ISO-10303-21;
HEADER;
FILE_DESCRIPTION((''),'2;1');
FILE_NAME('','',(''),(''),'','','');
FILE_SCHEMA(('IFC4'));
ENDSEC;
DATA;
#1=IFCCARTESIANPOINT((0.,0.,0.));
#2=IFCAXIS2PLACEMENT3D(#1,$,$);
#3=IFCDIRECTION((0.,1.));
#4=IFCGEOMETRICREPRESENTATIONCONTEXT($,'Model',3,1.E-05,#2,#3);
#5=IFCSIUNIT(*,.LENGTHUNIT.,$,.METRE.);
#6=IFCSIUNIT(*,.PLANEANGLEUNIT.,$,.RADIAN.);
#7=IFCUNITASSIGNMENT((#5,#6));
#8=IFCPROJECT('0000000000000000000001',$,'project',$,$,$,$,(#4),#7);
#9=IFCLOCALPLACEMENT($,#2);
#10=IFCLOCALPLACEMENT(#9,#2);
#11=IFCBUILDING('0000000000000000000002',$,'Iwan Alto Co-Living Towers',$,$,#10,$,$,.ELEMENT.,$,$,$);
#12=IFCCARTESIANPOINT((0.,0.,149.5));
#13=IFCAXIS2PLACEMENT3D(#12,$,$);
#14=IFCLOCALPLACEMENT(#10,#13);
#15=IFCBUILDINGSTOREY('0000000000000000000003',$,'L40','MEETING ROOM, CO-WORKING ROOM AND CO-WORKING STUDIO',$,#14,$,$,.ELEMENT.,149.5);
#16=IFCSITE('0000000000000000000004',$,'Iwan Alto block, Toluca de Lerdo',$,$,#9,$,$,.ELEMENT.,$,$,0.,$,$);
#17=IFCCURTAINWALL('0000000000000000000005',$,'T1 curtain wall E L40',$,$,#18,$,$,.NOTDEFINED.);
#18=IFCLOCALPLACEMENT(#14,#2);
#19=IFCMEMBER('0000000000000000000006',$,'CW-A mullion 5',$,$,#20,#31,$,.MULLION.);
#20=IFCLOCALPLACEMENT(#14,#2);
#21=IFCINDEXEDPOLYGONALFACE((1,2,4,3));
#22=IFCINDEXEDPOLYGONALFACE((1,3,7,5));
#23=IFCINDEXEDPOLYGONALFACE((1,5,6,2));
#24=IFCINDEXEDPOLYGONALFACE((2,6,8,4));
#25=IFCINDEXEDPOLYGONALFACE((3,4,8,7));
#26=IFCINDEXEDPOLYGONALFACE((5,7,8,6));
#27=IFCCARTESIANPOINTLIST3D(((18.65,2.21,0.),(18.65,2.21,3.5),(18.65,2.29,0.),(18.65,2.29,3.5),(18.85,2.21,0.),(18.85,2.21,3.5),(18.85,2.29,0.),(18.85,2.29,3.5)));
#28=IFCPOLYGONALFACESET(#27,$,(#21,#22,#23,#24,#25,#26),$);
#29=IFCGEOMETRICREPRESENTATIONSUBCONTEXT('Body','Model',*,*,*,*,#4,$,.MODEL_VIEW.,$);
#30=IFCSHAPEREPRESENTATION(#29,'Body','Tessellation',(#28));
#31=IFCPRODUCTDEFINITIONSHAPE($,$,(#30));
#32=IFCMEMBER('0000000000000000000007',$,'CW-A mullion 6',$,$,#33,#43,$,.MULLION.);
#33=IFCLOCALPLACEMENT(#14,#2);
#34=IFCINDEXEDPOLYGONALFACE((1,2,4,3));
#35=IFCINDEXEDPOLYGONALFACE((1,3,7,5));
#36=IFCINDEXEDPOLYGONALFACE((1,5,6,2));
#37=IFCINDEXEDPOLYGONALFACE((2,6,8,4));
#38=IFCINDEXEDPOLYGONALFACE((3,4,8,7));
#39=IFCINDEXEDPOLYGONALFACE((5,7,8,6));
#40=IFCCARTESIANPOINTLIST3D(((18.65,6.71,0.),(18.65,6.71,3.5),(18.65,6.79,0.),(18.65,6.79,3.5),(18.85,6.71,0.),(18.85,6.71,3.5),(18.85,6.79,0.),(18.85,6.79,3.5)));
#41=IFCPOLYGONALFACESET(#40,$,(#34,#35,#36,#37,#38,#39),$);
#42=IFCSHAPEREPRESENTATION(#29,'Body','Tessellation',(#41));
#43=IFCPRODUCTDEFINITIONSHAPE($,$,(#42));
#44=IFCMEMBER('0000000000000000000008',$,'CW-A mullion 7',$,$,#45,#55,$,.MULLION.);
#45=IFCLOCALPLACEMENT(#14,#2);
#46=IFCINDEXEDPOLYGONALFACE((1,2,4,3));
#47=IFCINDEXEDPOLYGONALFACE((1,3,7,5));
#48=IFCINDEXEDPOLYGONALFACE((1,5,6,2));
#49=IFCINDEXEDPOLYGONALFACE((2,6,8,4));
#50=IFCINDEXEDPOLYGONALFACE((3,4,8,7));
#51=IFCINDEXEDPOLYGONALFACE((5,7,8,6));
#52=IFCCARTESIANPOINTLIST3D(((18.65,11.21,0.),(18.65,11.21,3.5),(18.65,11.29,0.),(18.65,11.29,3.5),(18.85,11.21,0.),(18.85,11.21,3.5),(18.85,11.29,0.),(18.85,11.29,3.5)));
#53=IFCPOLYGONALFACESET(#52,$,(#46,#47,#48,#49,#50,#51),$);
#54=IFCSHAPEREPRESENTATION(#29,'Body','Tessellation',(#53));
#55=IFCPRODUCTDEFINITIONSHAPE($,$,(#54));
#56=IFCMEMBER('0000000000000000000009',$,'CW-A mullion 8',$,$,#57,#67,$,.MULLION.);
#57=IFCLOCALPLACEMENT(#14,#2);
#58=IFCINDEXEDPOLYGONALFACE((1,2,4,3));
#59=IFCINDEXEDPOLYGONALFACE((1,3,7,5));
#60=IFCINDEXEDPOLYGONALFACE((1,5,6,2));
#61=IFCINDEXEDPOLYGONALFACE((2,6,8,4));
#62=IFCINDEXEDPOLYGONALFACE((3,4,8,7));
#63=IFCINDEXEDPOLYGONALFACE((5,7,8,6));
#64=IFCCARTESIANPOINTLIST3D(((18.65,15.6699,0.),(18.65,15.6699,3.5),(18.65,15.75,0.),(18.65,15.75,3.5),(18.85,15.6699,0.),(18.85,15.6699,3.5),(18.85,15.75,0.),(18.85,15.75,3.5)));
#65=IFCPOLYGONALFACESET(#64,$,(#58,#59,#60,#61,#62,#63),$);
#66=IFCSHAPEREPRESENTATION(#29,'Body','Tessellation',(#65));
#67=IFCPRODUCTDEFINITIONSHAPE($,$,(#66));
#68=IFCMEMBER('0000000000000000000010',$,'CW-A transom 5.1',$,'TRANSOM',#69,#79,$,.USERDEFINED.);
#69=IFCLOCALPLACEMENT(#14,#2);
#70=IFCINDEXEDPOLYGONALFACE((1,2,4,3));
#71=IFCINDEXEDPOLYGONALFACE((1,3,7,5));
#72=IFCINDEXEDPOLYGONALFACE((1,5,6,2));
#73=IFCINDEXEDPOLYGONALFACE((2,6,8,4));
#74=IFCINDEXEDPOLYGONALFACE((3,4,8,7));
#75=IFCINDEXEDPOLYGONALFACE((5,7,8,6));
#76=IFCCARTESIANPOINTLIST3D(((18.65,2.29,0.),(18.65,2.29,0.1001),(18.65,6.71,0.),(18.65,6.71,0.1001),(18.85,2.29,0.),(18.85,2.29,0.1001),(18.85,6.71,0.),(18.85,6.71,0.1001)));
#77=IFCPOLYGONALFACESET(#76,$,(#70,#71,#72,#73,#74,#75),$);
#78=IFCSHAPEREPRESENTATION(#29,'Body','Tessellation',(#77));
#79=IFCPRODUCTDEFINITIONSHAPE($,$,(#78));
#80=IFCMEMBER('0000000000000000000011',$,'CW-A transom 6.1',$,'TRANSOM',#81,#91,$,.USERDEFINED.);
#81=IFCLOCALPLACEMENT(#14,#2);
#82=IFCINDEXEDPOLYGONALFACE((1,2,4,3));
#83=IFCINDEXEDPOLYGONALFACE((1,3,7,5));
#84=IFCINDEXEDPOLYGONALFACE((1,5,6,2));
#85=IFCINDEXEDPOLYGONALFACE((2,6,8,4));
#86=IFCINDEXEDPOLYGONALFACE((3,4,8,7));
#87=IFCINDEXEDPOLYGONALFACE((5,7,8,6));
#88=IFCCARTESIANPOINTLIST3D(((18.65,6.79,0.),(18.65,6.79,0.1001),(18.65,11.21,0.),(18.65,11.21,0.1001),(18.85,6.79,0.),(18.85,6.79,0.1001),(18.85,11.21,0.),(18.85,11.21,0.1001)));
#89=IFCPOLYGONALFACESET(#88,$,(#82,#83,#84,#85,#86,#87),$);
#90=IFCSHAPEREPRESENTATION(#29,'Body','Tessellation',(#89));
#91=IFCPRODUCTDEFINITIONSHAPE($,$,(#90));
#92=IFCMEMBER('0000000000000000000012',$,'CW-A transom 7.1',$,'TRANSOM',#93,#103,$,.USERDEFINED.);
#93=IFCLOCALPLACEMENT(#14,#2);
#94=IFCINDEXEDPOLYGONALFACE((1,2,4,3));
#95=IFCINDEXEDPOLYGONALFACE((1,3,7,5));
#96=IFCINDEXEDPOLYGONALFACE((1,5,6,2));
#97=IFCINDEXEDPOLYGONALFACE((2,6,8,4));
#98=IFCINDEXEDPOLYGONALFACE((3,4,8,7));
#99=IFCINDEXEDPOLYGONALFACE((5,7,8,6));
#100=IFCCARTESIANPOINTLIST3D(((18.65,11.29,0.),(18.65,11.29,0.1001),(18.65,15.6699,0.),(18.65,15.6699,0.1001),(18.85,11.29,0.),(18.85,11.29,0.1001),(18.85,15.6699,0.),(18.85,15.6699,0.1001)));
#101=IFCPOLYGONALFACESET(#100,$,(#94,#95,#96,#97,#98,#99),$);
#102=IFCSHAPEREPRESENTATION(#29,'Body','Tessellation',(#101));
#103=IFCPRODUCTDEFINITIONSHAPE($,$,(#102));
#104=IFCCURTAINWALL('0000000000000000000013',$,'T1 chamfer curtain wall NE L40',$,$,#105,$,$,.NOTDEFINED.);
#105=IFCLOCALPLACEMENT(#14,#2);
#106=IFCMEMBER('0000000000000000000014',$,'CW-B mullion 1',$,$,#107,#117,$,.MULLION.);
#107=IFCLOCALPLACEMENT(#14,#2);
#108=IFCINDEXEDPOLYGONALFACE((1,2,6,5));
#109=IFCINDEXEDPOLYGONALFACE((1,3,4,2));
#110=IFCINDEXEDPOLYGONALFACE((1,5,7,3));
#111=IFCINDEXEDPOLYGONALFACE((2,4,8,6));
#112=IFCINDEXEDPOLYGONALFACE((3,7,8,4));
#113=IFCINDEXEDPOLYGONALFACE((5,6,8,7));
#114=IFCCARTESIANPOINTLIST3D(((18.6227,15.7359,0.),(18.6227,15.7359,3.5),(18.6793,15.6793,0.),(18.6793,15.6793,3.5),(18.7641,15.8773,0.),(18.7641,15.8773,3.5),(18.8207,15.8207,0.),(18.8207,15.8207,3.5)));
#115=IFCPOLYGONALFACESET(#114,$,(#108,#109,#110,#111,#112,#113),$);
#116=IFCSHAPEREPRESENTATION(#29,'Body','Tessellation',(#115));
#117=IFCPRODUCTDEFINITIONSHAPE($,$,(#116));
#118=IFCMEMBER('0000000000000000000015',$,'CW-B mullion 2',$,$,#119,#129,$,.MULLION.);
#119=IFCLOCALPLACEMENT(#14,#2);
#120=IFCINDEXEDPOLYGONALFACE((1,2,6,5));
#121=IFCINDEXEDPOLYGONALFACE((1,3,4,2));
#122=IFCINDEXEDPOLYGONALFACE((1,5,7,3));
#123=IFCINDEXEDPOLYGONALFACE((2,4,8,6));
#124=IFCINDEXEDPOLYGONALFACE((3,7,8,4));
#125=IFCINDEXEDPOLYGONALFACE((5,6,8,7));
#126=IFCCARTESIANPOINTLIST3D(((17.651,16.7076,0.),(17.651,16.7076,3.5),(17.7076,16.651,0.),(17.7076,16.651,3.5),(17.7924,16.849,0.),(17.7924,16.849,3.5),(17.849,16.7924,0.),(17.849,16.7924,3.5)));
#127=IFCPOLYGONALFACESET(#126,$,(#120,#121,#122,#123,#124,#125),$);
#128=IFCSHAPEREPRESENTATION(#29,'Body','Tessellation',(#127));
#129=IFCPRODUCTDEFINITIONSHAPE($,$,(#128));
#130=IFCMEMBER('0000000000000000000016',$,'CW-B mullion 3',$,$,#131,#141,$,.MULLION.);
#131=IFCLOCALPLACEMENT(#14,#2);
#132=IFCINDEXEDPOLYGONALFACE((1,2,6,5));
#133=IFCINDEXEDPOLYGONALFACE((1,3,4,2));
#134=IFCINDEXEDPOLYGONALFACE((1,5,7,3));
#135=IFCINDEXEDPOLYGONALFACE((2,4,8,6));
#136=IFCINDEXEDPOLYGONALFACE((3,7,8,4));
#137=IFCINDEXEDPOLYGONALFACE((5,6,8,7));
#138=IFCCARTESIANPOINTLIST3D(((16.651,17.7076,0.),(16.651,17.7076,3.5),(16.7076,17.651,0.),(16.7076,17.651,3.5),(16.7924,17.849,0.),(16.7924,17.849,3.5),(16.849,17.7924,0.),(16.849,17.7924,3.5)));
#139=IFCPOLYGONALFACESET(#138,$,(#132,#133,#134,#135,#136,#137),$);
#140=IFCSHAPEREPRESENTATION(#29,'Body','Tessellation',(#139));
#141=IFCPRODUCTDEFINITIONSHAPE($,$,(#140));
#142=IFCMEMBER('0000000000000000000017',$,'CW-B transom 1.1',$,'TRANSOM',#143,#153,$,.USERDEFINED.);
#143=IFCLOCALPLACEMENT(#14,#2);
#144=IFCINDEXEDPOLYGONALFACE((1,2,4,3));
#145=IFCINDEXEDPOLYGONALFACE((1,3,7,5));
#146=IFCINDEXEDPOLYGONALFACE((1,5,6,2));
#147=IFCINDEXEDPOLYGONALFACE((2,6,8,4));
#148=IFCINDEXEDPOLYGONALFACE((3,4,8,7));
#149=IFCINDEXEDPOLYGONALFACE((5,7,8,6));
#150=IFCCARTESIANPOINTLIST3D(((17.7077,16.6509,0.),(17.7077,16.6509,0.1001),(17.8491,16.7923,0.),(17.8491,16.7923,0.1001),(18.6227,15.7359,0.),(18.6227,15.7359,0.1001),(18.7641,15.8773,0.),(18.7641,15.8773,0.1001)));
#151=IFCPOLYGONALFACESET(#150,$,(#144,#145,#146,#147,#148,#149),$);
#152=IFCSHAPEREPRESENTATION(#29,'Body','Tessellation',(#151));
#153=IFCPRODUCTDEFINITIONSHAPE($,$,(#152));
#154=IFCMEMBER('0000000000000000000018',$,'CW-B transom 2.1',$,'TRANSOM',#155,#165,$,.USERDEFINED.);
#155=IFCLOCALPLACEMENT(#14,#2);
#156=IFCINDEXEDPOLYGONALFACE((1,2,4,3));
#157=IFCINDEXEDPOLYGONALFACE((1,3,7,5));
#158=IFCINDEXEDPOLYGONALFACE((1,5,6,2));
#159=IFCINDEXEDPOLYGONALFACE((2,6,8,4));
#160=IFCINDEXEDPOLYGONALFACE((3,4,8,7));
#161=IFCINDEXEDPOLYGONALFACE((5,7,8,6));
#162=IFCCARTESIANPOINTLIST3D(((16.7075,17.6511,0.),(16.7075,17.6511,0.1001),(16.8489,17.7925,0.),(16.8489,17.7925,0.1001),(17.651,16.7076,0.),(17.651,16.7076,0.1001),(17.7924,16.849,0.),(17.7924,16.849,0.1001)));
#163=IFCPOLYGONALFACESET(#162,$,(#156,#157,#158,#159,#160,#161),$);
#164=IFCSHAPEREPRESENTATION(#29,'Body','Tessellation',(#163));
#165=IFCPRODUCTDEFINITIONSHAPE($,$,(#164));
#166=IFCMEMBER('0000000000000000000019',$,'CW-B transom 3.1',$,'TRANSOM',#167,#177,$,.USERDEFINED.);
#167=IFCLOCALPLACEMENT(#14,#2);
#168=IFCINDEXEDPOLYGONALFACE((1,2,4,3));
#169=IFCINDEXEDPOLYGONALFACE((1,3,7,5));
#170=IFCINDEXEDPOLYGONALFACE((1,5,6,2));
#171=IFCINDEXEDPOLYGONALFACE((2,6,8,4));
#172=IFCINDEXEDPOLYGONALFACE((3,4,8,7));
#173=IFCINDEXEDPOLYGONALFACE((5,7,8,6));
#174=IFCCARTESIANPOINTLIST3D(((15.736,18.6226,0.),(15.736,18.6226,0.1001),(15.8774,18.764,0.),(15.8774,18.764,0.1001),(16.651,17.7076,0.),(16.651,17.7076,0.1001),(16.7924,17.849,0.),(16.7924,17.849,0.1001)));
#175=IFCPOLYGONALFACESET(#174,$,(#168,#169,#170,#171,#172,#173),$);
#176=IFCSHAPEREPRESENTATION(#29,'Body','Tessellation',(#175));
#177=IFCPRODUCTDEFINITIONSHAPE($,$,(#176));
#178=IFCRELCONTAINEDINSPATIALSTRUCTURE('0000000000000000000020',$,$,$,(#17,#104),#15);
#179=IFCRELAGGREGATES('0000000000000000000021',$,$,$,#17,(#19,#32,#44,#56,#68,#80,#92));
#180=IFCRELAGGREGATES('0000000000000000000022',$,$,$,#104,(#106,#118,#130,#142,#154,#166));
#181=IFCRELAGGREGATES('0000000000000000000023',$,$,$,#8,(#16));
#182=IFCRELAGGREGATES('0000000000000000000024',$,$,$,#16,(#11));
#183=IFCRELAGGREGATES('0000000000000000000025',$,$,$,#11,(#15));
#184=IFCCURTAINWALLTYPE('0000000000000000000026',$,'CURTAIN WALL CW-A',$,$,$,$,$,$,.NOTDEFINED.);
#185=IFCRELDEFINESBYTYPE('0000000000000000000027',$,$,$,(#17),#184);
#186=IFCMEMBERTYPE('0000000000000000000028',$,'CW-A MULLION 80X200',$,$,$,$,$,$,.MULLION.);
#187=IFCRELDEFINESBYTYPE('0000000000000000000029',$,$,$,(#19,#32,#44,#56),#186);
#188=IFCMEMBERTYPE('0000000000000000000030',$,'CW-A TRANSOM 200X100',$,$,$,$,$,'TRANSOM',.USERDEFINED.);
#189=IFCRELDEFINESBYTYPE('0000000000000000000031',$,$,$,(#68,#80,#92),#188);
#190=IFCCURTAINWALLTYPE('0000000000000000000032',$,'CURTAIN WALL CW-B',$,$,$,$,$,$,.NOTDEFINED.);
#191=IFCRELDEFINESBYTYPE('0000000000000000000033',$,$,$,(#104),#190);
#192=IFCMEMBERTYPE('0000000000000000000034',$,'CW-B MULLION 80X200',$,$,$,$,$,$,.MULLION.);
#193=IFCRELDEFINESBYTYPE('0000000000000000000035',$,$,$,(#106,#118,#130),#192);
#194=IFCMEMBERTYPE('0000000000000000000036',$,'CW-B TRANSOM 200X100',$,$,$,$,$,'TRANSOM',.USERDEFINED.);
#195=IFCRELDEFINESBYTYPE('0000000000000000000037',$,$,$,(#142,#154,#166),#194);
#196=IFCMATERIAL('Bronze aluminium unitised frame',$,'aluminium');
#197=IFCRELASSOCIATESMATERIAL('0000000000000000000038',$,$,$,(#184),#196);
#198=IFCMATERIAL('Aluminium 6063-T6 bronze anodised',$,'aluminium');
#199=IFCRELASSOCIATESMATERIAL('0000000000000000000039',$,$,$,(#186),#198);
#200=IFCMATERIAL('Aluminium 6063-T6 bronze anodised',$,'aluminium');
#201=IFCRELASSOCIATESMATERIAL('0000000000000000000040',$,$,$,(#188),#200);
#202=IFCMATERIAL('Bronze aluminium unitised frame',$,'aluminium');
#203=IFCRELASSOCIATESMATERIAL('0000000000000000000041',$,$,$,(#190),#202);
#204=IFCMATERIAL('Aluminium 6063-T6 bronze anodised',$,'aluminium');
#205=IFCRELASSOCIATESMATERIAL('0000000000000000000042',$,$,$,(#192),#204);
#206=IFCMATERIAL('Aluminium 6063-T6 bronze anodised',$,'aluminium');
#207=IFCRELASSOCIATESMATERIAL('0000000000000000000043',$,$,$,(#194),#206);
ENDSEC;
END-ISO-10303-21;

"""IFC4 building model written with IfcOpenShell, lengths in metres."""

from ifc_helpers import new_model, si_unit, direction, frame, origin, origin_2d, place, context, subcontext, project, spatial, rectangle, extrude, material, material_profile, profile_set, type_object, element, aggregate, save


model = new_model("IFC4")

# Units and contexts
model_context = context("Model", 3, precision=1e-05, world=origin(), true_north=direction((0.0, 1.0)))
body_context = subcontext(model_context, "Body", "Model", "MODEL_VIEW")
ifc_project = project(units=[si_unit("LENGTHUNIT", "METRE"), si_unit("PLANEANGLEUNIT", "RADIAN")], contexts=[model_context])

# Site, building, storey
site_placement = place(None, origin())
site = spatial("IfcSite", under=ifc_project, at=site_placement, Name="Iwan Alto block, Toluca de Lerdo", CompositionType="ELEMENT", RefElevation=0.0)
building_placement = place(site_placement, origin())
building = spatial("IfcBuilding", under=site, at=building_placement, Name="Iwan Alto Co-Living Towers", CompositionType="ELEMENT")
storey_placement = place(building_placement, frame((0.0, 0.0, 149.5)))
storey = spatial("IfcBuildingStorey", under=building, at=storey_placement, Name="L40", Description="MEETING ROOM, CO-WORKING ROOM AND CO-WORKING STUDIO", CompositionType="ELEMENT", Elevation=149.5)

# Curtain walls, members
ifc_material_1 = material(Name="Bronze aluminium unitised frame", Category="aluminium")
curtain_wall_type_1 = type_object("IfcCurtainWallType", Name="CURTAIN WALL CW-A", PredefinedType="NOTDEFINED", material=ifc_material_1)
curtain_wall_1_placement = place(storey_placement, origin())
curtain_wall_1 = element("IfcCurtainWall", 1, at=curtain_wall_1_placement, inside=storey, type_object=curtain_wall_type_1, Name="T1 curtain wall E L40", PredefinedType="NOTDEFINED")
ifc_material_2 = material(Name="Aluminium 6063-T6 bronze anodised", Category="aluminium")
ifc_material_profile_1 = material_profile(ifc_material_2, rectangle(XDim=0.2, YDim=0.0801, at=origin_2d()), Name="AL 80X200")
ifc_profile_set_1 = profile_set([ifc_material_profile_1], Name="Aluminium 6063-T6 bronze anodised")
member_type_1 = type_object("IfcMemberType", Name="CW-A MULLION 80X200", PredefinedType="MULLION", material=ifc_profile_set_1)
member_1_placement = place(storey_placement, frame((18.75, 2.25, 0.0), z_axis=(0.0, 0.0, 1.0), x_axis=(-1.0, 0.0, 0.0)))
member_1 = element("IfcMember", 2, at=member_1_placement, type_object=member_type_1, Name="CW-A mullion 5", PredefinedType="MULLION", context=body_context, shape_type="SweptSolid", body=[
    extrude(rectangle(XDim=0.2, YDim=0.0801, at=origin_2d()), origin(), (0.0, 0.0, 1.0), 3.5),
])
member_2_placement = place(storey_placement, frame((18.75, 6.75, 0.0), z_axis=(0.0, 0.0, 1.0), x_axis=(-1.0, 0.0, 0.0)))
member_2 = element("IfcMember", 3, at=member_2_placement, type_object=member_type_1, Name="CW-A mullion 6", PredefinedType="MULLION", context=body_context, shape_type="SweptSolid", body=[
    extrude(rectangle(XDim=0.2, YDim=0.0801, at=origin_2d()), origin(), (0.0, 0.0, 1.0), 3.5),
])
member_3_placement = place(storey_placement, frame((18.75, 11.25, 0.0), z_axis=(0.0, 0.0, 1.0), x_axis=(-1.0, 0.0, 0.0)))
member_3 = element("IfcMember", 4, at=member_3_placement, type_object=member_type_1, Name="CW-A mullion 7", PredefinedType="MULLION", context=body_context, shape_type="SweptSolid", body=[
    extrude(rectangle(XDim=0.2, YDim=0.0801, at=origin_2d()), origin(), (0.0, 0.0, 1.0), 3.5),
])
member_4_placement = place(storey_placement, frame((18.75, 15.71, 0.0), z_axis=(0.0, 0.0, 1.0), x_axis=(-1.0, 0.0, 0.0)))
member_4 = element("IfcMember", 5, at=member_4_placement, type_object=member_type_1, Name="CW-A mullion 8", PredefinedType="MULLION", context=body_context, shape_type="SweptSolid", body=[
    extrude(rectangle(XDim=0.2, YDim=0.0801, at=origin_2d()), origin(), (0.0, 0.0, 1.0), 3.5),
])
ifc_material_3 = material(Name="Aluminium 6063-T6 bronze anodised", Category="aluminium")
ifc_material_profile_2 = material_profile(ifc_material_3, rectangle(XDim=0.2, YDim=0.1001, at=origin_2d()), Name="AL 200X100")
ifc_profile_set_2 = profile_set([ifc_material_profile_2], Name="Aluminium 6063-T6 bronze anodised")
member_type_2 = type_object("IfcMemberType", Name="CW-A TRANSOM 200X100", ElementType="TRANSOM", PredefinedType="USERDEFINED", material=ifc_profile_set_2)
member_5_placement = place(storey_placement, frame((18.75, 2.29, 0.05), z_axis=(0.0, 1.0, 0.0), x_axis=(-1.0, 0.0, 0.0)))
member_5 = element("IfcMember", 6, at=member_5_placement, type_object=member_type_2, Name="CW-A transom 5.1", ObjectType="TRANSOM", PredefinedType="USERDEFINED", context=body_context, shape_type="SweptSolid", body=[
    extrude(rectangle(XDim=0.2, YDim=0.1001, at=origin_2d()), origin(), (0.0, 0.0, 1.0), 4.4199),
])
member_6_placement = place(storey_placement, frame((18.75, 6.79, 0.05), z_axis=(0.0, 1.0, 0.0), x_axis=(-1.0, 0.0, 0.0)))
member_6 = element("IfcMember", 7, at=member_6_placement, type_object=member_type_2, Name="CW-A transom 6.1", ObjectType="TRANSOM", PredefinedType="USERDEFINED", context=body_context, shape_type="SweptSolid", body=[
    extrude(rectangle(XDim=0.2, YDim=0.1001, at=origin_2d()), origin(), (0.0, 0.0, 1.0), 4.4199),
])
member_7_placement = place(storey_placement, frame((18.75, 11.29, 0.05), z_axis=(0.0, 1.0, 0.0), x_axis=(-1.0, 0.0, 0.0)))
member_7 = element("IfcMember", 8, at=member_7_placement, type_object=member_type_2, Name="CW-A transom 7.1", ObjectType="TRANSOM", PredefinedType="USERDEFINED", context=body_context, shape_type="SweptSolid", body=[
    extrude(rectangle(XDim=0.2, YDim=0.1001, at=origin_2d()), origin(), (0.0, 0.0, 1.0), 4.3799),
])
ifc_material_4 = material(Name="Bronze aluminium unitised frame", Category="aluminium")
curtain_wall_type_2 = type_object("IfcCurtainWallType", Name="CURTAIN WALL CW-B", PredefinedType="NOTDEFINED", material=ifc_material_4)
curtain_wall_2_placement = place(storey_placement, origin())
curtain_wall_2 = element("IfcCurtainWall", 9, at=curtain_wall_2_placement, inside=storey, type_object=curtain_wall_type_2, Name="T1 chamfer curtain wall NE L40", PredefinedType="NOTDEFINED")
ifc_material_5 = material(Name="Aluminium 6063-T6 bronze anodised", Category="aluminium")
ifc_material_profile_3 = material_profile(ifc_material_5, rectangle(XDim=0.2, YDim=0.0801, at=origin_2d()), Name="AL 80X200")
ifc_profile_set_3 = profile_set([ifc_material_profile_3], Name="Aluminium 6063-T6 bronze anodised")
member_type_3 = type_object("IfcMemberType", Name="CW-B MULLION 80X200", PredefinedType="MULLION", material=ifc_profile_set_3)
member_8_placement = place(storey_placement, frame((18.7217, 15.7783, 0.0), z_axis=(0.0, 0.0, 1.0), x_axis=(-0.707107, -0.707107, 0.0)))
member_8 = element("IfcMember", 10, at=member_8_placement, type_object=member_type_3, Name="CW-B mullion 1", PredefinedType="MULLION", context=body_context, shape_type="SweptSolid", body=[
    extrude(rectangle(XDim=0.2, YDim=0.0801, at=origin_2d()), origin(), (0.0, 0.0, 1.0), 3.5),
])
member_9_placement = place(storey_placement, frame((17.75, 16.75, 0.0), z_axis=(0.0, 0.0, 1.0), x_axis=(-0.707107, -0.707107, 0.0)))
member_9 = element("IfcMember", 11, at=member_9_placement, type_object=member_type_3, Name="CW-B mullion 2", PredefinedType="MULLION", context=body_context, shape_type="SweptSolid", body=[
    extrude(rectangle(XDim=0.2, YDim=0.0801, at=origin_2d()), origin(), (0.0, 0.0, 1.0), 3.5),
])
member_10_placement = place(storey_placement, frame((16.75, 17.75, 0.0), z_axis=(0.0, 0.0, 1.0), x_axis=(-0.707107, -0.707107, 0.0)))
member_10 = element("IfcMember", 12, at=member_10_placement, type_object=member_type_3, Name="CW-B mullion 3", PredefinedType="MULLION", context=body_context, shape_type="SweptSolid", body=[
    extrude(rectangle(XDim=0.2, YDim=0.0801, at=origin_2d()), origin(), (0.0, 0.0, 1.0), 3.5),
])
ifc_material_6 = material(Name="Aluminium 6063-T6 bronze anodised", Category="aluminium")
ifc_material_profile_4 = material_profile(ifc_material_6, rectangle(XDim=0.2, YDim=0.1001, at=origin_2d()), Name="AL 200X100")
ifc_profile_set_4 = profile_set([ifc_material_profile_4], Name="Aluminium 6063-T6 bronze anodised")
member_type_4 = type_object("IfcMemberType", Name="CW-B TRANSOM 200X100", ElementType="TRANSOM", PredefinedType="USERDEFINED", material=ifc_profile_set_4)
member_11_placement = place(storey_placement, frame((18.6934, 15.8066, 0.05), z_axis=(-0.707107, 0.707107, 0.0), x_axis=(-0.707107, -0.707107, 0.0)))
member_11 = element("IfcMember", 13, at=member_11_placement, type_object=member_type_4, Name="CW-B transom 1.1", ObjectType="TRANSOM", PredefinedType="USERDEFINED", context=body_context, shape_type="SweptSolid", body=[
    extrude(rectangle(XDim=0.2, YDim=0.1001, at=origin_2d()), origin(), (0.0, 0.0, 1.0), 1.2939),
])
member_12_placement = place(storey_placement, frame((17.7217, 16.7783, 0.05), z_axis=(-0.707107, 0.707107, 0.0), x_axis=(-0.707107, -0.707107, 0.0)))
member_12 = element("IfcMember", 14, at=member_12_placement, type_object=member_type_4, Name="CW-B transom 2.1", ObjectType="TRANSOM", PredefinedType="USERDEFINED", context=body_context, shape_type="SweptSolid", body=[
    extrude(rectangle(XDim=0.2, YDim=0.1001, at=origin_2d()), origin(), (0.0, 0.0, 1.0), 1.3342),
])
member_13_placement = place(storey_placement, frame((16.7217, 17.7783, 0.05), z_axis=(-0.707107, 0.707107, 0.0), x_axis=(-0.707107, -0.707107, 0.0)))
member_13 = element("IfcMember", 15, at=member_13_placement, type_object=member_type_4, Name="CW-B transom 3.1", ObjectType="TRANSOM", PredefinedType="USERDEFINED", context=body_context, shape_type="SweptSolid", body=[
    extrude(rectangle(XDim=0.2, YDim=0.1001, at=origin_2d()), origin(), (0.0, 0.0, 1.0), 1.2939),
])

aggregate(curtain_wall_1, [member_1, member_2, member_3, member_4, member_5, member_6, member_7])
aggregate(curtain_wall_2, [member_8, member_9, member_10, member_11, member_12, member_13])

save(model, "model.ifc")
